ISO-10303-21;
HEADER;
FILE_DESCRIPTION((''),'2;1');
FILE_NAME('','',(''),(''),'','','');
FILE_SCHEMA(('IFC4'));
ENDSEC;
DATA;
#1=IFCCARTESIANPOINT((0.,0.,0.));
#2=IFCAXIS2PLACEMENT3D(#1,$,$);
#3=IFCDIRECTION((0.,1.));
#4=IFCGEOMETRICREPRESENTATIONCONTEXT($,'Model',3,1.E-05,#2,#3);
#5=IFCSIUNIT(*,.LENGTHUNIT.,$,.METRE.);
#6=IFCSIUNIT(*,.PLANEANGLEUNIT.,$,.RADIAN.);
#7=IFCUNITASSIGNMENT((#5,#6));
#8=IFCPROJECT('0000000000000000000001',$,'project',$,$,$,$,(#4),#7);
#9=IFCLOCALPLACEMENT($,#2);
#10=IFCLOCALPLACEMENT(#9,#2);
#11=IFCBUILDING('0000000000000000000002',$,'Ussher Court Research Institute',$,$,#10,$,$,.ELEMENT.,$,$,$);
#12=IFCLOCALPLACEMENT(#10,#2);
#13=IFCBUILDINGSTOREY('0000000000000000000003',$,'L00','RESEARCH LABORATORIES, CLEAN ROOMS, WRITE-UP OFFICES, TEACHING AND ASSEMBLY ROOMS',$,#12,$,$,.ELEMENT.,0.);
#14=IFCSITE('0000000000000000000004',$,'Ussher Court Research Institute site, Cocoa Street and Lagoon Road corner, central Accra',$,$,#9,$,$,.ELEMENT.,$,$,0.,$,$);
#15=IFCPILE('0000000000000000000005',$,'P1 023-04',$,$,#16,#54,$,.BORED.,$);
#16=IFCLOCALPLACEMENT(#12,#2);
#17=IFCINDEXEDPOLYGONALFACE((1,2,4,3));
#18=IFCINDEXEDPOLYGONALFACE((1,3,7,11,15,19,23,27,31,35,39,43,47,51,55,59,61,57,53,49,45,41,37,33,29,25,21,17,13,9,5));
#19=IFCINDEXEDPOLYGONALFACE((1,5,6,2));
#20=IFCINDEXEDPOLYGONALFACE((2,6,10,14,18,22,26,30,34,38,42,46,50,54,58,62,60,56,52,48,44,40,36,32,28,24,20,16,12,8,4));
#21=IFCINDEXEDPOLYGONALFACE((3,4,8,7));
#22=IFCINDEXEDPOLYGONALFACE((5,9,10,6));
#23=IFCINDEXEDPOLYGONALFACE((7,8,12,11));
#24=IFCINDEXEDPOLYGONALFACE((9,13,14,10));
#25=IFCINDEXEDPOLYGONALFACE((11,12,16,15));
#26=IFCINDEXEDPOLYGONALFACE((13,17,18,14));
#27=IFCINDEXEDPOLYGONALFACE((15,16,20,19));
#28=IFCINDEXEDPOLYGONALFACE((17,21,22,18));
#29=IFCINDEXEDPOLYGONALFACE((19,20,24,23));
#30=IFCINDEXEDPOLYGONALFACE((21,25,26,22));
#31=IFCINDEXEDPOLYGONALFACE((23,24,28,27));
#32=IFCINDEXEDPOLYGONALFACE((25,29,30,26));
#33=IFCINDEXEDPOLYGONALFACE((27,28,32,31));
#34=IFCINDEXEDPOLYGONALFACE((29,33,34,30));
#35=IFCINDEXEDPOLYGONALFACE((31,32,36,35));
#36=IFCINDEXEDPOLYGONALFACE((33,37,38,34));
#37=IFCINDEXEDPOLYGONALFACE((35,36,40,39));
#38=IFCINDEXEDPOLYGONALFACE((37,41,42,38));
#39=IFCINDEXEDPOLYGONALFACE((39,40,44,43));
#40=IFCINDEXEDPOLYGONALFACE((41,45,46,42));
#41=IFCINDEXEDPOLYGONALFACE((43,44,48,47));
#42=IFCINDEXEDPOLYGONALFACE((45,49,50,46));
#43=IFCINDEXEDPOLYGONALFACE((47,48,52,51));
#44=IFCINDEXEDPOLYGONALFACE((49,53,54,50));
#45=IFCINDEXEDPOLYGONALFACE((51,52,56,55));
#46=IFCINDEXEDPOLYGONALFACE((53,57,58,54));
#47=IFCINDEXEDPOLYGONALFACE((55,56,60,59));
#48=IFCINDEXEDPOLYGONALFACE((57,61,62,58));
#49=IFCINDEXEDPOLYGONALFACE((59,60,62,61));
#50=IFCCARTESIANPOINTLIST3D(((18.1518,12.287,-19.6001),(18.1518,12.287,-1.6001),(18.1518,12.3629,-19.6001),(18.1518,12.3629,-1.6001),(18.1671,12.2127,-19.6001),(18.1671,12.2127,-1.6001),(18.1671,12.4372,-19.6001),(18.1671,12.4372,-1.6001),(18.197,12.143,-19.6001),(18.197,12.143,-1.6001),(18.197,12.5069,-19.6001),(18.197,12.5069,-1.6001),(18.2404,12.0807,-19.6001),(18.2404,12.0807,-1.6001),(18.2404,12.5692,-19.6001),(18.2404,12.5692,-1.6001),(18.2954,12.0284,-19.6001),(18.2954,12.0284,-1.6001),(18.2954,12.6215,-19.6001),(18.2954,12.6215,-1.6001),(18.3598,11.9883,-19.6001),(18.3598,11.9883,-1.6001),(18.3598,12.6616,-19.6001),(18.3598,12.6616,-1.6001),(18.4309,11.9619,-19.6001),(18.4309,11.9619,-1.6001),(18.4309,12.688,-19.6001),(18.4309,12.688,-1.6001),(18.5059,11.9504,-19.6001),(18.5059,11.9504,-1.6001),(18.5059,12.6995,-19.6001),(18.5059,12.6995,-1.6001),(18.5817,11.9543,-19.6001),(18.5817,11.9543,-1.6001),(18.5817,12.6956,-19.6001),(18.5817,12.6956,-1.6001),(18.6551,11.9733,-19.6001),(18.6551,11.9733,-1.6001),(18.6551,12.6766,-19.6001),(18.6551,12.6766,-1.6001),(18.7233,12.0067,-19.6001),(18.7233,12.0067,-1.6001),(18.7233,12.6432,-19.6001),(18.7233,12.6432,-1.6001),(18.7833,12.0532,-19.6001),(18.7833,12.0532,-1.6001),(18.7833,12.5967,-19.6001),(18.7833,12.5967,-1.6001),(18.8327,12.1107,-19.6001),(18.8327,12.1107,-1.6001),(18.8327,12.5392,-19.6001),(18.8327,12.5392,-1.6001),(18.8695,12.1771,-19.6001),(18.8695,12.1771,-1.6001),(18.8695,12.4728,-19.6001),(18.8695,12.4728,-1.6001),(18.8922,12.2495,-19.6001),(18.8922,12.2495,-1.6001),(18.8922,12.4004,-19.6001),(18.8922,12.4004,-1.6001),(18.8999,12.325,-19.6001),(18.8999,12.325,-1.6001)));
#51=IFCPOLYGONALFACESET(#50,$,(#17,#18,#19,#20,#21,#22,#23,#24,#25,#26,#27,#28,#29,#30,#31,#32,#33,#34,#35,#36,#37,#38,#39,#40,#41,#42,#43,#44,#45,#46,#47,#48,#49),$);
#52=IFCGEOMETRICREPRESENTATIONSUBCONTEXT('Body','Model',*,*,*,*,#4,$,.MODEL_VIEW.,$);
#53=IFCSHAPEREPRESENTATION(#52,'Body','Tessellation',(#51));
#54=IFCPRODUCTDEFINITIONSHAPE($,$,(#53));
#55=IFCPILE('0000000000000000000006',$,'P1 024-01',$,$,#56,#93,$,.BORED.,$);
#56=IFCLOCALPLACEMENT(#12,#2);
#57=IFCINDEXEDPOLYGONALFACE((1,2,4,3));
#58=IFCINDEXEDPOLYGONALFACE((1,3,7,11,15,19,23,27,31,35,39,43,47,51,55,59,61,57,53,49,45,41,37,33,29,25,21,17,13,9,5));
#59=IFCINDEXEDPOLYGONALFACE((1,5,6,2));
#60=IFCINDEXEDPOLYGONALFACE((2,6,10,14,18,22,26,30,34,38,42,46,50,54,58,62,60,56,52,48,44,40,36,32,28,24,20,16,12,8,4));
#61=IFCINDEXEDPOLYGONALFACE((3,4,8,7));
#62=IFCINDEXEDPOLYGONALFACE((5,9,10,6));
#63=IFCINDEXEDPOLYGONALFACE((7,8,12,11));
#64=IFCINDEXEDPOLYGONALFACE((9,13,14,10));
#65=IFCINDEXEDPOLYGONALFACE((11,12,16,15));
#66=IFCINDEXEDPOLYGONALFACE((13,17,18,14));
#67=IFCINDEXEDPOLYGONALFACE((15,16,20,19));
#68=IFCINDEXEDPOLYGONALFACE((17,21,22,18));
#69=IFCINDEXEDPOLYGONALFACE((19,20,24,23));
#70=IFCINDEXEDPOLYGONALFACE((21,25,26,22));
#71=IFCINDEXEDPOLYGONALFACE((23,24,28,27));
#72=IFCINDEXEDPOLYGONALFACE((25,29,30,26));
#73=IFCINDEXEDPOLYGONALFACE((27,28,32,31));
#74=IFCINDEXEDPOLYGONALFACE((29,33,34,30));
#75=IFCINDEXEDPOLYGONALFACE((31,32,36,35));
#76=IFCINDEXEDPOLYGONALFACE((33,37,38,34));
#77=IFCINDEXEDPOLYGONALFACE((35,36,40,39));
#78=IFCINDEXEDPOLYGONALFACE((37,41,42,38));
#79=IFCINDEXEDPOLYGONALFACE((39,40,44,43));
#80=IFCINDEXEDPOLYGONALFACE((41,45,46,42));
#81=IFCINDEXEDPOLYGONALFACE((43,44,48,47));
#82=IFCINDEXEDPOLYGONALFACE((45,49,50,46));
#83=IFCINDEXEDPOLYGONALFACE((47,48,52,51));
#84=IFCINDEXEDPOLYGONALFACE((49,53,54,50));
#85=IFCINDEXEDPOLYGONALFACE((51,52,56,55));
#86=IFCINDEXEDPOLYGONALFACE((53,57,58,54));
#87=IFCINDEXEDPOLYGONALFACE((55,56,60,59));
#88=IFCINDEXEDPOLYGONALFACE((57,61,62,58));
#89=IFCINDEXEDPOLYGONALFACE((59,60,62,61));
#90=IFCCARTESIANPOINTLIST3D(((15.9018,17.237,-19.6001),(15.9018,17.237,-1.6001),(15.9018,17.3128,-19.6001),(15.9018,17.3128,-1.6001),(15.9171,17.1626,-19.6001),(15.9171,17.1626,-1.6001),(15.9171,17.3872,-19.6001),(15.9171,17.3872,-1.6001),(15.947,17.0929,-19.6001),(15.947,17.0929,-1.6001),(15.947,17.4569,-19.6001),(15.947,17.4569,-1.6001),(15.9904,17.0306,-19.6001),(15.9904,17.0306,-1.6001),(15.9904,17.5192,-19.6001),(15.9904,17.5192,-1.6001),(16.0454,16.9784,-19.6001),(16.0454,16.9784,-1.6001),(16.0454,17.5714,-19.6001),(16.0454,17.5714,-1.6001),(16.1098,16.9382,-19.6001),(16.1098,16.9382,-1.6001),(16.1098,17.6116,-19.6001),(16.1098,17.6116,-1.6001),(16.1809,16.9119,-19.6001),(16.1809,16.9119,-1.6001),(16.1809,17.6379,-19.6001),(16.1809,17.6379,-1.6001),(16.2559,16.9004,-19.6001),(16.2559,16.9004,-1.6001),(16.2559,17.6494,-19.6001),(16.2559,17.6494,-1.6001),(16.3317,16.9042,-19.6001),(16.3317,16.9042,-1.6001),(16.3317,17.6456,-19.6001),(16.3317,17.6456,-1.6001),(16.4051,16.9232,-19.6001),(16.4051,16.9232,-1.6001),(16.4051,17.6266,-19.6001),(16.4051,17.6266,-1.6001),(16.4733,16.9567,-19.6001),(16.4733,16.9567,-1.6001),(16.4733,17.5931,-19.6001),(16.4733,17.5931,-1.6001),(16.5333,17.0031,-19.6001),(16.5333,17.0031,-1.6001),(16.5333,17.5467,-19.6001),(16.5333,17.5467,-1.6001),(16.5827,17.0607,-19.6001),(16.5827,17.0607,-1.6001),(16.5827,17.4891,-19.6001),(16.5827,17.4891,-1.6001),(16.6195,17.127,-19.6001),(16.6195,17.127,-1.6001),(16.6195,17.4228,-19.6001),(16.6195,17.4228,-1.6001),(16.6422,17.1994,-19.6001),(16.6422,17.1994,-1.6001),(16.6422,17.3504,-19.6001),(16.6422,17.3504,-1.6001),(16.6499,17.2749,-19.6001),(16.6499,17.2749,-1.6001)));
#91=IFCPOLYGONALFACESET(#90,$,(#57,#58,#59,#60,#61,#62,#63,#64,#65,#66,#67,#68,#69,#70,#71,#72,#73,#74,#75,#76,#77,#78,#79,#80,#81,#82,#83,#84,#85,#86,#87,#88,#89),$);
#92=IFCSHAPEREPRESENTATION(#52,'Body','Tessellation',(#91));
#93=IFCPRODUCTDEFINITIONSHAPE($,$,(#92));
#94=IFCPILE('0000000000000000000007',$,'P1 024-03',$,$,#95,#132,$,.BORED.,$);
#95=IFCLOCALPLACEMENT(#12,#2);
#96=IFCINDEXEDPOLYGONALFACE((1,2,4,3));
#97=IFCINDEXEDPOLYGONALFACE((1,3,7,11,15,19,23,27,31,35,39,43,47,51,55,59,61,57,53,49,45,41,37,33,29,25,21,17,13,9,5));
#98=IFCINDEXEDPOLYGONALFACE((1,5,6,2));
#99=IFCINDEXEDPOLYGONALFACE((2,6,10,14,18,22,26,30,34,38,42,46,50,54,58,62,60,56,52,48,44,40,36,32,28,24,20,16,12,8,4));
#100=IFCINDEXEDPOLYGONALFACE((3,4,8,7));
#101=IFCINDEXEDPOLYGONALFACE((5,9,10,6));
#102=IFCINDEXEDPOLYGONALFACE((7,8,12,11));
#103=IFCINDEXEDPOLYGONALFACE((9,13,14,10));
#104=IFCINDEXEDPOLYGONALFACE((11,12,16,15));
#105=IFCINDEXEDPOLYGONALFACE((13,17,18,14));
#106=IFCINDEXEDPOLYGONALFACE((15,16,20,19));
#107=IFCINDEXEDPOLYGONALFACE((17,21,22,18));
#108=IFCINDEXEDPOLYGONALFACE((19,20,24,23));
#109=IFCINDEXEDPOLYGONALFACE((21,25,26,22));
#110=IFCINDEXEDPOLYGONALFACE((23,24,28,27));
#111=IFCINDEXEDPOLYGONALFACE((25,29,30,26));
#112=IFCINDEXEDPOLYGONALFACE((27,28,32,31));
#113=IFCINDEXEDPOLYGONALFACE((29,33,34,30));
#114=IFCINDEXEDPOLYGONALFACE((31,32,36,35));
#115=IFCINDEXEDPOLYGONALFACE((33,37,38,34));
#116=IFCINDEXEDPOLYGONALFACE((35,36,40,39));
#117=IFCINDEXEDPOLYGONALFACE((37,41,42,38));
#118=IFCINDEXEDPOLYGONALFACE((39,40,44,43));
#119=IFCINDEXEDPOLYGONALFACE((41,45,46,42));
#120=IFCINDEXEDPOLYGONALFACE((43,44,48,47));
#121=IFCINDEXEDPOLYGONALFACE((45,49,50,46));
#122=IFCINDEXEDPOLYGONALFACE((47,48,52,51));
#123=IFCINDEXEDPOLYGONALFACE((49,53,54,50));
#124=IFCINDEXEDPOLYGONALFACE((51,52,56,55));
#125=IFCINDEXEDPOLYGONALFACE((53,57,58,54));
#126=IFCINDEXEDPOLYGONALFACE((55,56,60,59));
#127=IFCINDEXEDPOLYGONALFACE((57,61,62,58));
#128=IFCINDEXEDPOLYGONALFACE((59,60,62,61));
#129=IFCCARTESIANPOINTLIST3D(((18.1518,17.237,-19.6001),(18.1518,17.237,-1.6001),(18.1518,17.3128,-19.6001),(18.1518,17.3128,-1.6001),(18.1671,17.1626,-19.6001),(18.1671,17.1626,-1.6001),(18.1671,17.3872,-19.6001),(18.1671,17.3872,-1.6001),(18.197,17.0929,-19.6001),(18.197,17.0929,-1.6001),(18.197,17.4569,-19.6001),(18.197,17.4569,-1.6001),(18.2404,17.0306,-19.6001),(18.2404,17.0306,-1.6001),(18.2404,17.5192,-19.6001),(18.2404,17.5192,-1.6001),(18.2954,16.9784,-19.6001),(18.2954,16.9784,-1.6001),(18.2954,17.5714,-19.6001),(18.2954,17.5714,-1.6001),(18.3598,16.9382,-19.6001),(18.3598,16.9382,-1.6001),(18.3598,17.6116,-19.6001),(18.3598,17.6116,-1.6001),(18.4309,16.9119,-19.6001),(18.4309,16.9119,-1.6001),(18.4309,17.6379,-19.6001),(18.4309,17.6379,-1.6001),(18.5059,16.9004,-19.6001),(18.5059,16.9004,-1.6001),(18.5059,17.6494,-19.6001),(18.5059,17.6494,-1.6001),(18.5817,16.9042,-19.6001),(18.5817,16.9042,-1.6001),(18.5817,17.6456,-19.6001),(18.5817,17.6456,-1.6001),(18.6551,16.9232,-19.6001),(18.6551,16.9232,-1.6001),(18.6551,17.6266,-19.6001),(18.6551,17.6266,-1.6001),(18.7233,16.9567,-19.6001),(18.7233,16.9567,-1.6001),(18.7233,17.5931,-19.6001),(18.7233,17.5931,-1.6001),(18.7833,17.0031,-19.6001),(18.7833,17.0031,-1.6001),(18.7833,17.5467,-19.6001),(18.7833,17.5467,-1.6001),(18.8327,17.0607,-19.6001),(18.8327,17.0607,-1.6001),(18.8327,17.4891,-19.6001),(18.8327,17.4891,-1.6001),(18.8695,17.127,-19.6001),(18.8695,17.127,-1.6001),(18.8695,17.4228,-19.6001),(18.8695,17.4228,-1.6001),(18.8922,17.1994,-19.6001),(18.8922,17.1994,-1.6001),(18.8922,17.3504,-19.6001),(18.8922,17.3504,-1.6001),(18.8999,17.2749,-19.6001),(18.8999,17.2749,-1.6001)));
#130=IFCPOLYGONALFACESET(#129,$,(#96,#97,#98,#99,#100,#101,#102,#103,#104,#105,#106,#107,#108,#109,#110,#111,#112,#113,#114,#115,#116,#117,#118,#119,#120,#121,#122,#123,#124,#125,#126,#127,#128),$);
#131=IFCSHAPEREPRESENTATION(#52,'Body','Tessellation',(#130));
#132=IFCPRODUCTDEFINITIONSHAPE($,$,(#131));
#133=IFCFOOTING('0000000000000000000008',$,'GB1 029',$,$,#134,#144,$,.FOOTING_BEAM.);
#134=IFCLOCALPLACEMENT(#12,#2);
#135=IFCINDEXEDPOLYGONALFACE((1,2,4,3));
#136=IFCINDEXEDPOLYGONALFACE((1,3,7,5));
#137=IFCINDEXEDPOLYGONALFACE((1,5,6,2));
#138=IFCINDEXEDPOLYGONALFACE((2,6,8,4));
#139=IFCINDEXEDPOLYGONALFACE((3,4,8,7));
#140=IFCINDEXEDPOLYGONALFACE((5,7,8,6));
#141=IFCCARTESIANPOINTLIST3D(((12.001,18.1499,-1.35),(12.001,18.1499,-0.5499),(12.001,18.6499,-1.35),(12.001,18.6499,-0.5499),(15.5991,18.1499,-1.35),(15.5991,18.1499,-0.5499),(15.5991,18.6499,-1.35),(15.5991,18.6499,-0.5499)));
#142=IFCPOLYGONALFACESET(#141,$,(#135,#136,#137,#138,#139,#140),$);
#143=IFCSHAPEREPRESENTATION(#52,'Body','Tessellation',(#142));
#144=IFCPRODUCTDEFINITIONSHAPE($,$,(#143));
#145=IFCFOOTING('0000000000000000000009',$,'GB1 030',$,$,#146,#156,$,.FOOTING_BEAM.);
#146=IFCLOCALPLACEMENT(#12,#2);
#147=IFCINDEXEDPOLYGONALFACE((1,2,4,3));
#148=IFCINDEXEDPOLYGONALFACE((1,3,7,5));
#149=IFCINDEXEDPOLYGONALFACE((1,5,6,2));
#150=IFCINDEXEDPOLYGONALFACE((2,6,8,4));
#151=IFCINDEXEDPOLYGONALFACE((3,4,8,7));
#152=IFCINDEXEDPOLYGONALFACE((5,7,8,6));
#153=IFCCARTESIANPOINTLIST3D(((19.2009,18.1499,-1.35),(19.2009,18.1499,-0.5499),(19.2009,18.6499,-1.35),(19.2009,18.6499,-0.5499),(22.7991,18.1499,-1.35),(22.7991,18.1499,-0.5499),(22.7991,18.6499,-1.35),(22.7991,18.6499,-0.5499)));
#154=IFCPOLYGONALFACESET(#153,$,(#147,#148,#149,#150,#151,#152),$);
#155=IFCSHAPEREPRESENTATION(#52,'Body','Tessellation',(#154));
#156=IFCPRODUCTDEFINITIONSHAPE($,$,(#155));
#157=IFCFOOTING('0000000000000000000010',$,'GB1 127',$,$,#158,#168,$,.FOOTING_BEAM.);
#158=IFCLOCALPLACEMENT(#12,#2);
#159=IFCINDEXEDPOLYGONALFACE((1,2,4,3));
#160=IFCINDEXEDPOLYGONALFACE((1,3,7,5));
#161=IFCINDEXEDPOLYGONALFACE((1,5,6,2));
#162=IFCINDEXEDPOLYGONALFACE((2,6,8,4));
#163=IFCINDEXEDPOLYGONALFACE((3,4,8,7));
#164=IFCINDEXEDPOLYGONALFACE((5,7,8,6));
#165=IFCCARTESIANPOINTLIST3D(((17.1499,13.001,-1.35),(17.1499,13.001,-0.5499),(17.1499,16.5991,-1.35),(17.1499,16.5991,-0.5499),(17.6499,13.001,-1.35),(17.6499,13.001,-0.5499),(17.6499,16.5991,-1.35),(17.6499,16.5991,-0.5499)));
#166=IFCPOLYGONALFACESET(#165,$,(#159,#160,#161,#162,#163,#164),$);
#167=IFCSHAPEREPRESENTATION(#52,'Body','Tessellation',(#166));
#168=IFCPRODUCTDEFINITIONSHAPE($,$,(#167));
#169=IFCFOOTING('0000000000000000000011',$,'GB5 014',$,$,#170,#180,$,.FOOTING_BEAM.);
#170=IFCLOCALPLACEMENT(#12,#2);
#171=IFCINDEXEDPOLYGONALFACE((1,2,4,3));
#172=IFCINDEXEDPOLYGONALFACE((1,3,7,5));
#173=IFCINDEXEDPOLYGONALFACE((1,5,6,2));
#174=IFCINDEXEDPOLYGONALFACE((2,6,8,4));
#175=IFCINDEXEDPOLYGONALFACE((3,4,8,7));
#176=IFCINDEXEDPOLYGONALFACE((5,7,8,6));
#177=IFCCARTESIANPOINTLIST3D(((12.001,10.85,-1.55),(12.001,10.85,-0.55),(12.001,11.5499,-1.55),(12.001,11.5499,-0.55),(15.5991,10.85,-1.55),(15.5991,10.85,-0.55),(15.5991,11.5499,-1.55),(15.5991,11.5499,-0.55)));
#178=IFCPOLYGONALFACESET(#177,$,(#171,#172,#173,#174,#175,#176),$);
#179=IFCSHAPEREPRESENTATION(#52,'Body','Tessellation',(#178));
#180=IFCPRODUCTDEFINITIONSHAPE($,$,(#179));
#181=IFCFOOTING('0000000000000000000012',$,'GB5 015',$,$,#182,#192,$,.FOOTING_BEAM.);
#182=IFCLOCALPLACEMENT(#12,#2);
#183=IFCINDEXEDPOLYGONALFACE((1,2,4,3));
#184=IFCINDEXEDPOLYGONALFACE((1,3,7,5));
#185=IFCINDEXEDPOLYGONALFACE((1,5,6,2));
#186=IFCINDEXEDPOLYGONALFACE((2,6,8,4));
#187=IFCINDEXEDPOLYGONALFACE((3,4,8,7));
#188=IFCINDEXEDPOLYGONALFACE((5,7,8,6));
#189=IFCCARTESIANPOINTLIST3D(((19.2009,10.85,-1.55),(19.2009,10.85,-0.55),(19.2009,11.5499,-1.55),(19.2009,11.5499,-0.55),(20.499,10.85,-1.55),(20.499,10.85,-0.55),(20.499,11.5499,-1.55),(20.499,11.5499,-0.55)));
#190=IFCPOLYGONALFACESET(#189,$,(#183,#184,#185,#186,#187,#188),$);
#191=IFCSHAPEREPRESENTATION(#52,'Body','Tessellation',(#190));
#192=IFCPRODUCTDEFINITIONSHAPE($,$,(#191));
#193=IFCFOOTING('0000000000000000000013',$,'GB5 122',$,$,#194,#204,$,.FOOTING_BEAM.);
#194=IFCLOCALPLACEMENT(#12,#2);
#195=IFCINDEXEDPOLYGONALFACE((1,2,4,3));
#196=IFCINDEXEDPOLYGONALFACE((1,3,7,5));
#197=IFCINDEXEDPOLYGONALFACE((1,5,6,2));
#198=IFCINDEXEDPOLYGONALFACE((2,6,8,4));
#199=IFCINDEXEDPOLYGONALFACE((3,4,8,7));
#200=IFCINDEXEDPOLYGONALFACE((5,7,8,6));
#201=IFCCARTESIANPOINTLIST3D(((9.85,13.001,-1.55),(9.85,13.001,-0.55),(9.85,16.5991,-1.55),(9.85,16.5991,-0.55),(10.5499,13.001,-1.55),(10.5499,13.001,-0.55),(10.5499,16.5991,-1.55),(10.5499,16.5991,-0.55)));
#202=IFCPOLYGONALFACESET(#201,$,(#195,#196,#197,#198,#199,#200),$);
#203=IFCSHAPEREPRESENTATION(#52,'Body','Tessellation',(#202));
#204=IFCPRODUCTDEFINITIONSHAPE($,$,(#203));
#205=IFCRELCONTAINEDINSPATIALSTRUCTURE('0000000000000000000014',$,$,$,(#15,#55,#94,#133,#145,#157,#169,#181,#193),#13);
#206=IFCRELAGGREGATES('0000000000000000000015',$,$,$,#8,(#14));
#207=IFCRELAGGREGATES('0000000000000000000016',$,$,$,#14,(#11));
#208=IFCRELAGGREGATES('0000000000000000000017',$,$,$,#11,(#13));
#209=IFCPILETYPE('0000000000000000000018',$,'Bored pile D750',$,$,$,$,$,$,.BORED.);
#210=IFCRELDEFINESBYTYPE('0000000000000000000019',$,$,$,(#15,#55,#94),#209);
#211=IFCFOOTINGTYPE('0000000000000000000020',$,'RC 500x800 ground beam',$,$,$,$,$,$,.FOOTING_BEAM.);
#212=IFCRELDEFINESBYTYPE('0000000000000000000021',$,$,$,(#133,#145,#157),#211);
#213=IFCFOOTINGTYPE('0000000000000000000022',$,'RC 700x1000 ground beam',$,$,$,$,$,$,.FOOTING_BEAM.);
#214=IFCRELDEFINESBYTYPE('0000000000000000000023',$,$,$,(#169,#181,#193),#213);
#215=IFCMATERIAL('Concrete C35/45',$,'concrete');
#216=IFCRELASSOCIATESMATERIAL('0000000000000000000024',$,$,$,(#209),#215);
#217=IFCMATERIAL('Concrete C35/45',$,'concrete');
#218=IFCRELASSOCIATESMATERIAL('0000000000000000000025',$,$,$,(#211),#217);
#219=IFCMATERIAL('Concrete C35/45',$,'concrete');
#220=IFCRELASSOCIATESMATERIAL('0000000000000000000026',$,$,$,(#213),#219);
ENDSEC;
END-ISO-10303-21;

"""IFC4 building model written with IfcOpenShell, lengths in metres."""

from ifc_helpers import new_model, si_unit, direction, frame, origin, origin_2d, place, context, subcontext, project, spatial, rectangle, circle, extrude, material, material_profile, profile_set, type_object, element, save


model = new_model("IFC4")

# Units and contexts
model_context = context("Model", 3, precision=1e-05, world=origin(), true_north=direction((0.0, 1.0)))
body_context = subcontext(model_context, "Body", "Model", "MODEL_VIEW")
ifc_project = project(units=[si_unit("LENGTHUNIT", "METRE"), si_unit("PLANEANGLEUNIT", "RADIAN")], contexts=[model_context])

# Site, building, storey
site_placement = place(None, origin())
site = spatial("IfcSite", under=ifc_project, at=site_placement, Name="Ussher Court Research Institute site, Cocoa Street and Lagoon Road corner, central Accra", CompositionType="ELEMENT", RefElevation=0.0)
building_placement = place(site_placement, origin())
building = spatial("IfcBuilding", under=site, at=building_placement, Name="Ussher Court Research Institute", CompositionType="ELEMENT")
storey_placement = place(building_placement, origin())
storey = spatial("IfcBuildingStorey", under=building, at=storey_placement, Name="L00", Description="RESEARCH LABORATORIES, CLEAN ROOMS, WRITE-UP OFFICES, TEACHING AND ASSEMBLY ROOMS", CompositionType="ELEMENT", Elevation=0.0)

# Piles
ifc_material_1 = material(Name="Concrete C35/45", Category="concrete")
ifc_material_profile_1 = material_profile(ifc_material_1, circle(Radius=0.375, at=origin_2d()), Name="RC D750")
ifc_profile_set_1 = profile_set([ifc_material_profile_1], Name="Concrete C35/45")
pile_type_1 = type_object("IfcPileType", Name="Bored pile D750", PredefinedType="BORED", material=ifc_profile_set_1)
for number, where, z_axis, x_axis, name in (
    (1, (18.5249, 12.325, -1.6001), (0.0, 0.0, -1.0), (1.0, 0.0, 0.0), "P1 023-04"),
    (2, (16.2749, 17.2749, -1.6001), (0.0, 0.0, -1.0), (1.0, 0.0, 0.0), "P1 024-01"),
    (3, (18.5249, 17.2749, -1.6001), (0.0, 0.0, -1.0), (1.0, 0.0, 0.0), "P1 024-03"),
):
    element("IfcPile", number, at=place(storey_placement, frame(where, z_axis=z_axis, x_axis=x_axis)), inside=storey, type_object=pile_type_1, Name=name, PredefinedType="BORED", context=body_context, shape_type="SweptSolid", body=[
        extrude(circle(Radius=0.375, at=origin_2d()), origin(), (0.0, 0.0, 1.0), 18.0),
    ])

# Footings
ifc_material_2 = material(Name="Concrete C35/45", Category="concrete")
ifc_material_profile_2 = material_profile(ifc_material_2, rectangle(XDim=0.5, YDim=0.8, at=origin_2d()), Name="RC 500x800")
ifc_profile_set_2 = profile_set([ifc_material_profile_2], Name="Concrete C35/45")
footing_type_1 = type_object("IfcFootingType", Name="RC 500x800 ground beam", PredefinedType="FOOTING_BEAM", material=ifc_profile_set_2)
for number, where, z_axis, x_axis, name in (
    (4, (12.001, 18.3999, -0.95), (1.0, 0.0, 0.0), (0.0, 1.0, 0.0), "GB1 029"),
    (5, (19.2009, 18.3999, -0.95), (1.0, 0.0, 0.0), (0.0, 1.0, 0.0), "GB1 030"),
    (6, (17.3999, 13.001, -0.95), (0.0, 1.0, 0.0), (-1.0, 0.0, 0.0), "GB1 127"),
):
    element("IfcFooting", number, at=place(storey_placement, frame(where, z_axis=z_axis, x_axis=x_axis)), inside=storey, type_object=footing_type_1, Name=name, PredefinedType="FOOTING_BEAM", context=body_context, shape_type="SweptSolid", body=[
        extrude(rectangle(XDim=0.5, YDim=0.8, at=origin_2d()), origin(), (0.0, 0.0, 1.0), 3.5981),
    ])
ifc_material_3 = material(Name="Concrete C35/45", Category="concrete")
ifc_material_profile_3 = material_profile(ifc_material_3, rectangle(XDim=0.7, YDim=1.0, at=origin_2d()), Name="RC 700x1000")
ifc_profile_set_3 = profile_set([ifc_material_profile_3], Name="Concrete C35/45")
footing_type_2 = type_object("IfcFootingType", Name="RC 700x1000 ground beam", PredefinedType="FOOTING_BEAM", material=ifc_profile_set_3)
footing_1_placement = place(storey_placement, frame((12.001, 11.2, -1.05), z_axis=(1.0, 0.0, 0.0), x_axis=(0.0, 1.0, 0.0)))
element("IfcFooting", 7, at=footing_1_placement, inside=storey, type_object=footing_type_2, Name="GB5 014", PredefinedType="FOOTING_BEAM", context=body_context, shape_type="SweptSolid", body=[
    extrude(rectangle(XDim=0.7, YDim=1.0, at=origin_2d()), origin(), (0.0, 0.0, 1.0), 3.5981),
])
footing_2_placement = place(storey_placement, frame((19.2009, 11.2, -1.05), z_axis=(1.0, 0.0, 0.0), x_axis=(0.0, 1.0, 0.0)))
element("IfcFooting", 8, at=footing_2_placement, inside=storey, type_object=footing_type_2, Name="GB5 015", PredefinedType="FOOTING_BEAM", context=body_context, shape_type="SweptSolid", body=[
    extrude(rectangle(XDim=0.7, YDim=1.0, at=origin_2d()), origin(), (0.0, 0.0, 1.0), 1.2981),
])
footing_3_placement = place(storey_placement, frame((10.2, 13.001, -1.05), z_axis=(0.0, 1.0, 0.0), x_axis=(-1.0, 0.0, 0.0)))
element("IfcFooting", 9, at=footing_3_placement, inside=storey, type_object=footing_type_2, Name="GB5 122", PredefinedType="FOOTING_BEAM", context=body_context, shape_type="SweptSolid", body=[
    extrude(rectangle(XDim=0.7, YDim=1.0, at=origin_2d()), origin(), (0.0, 0.0, 1.0), 3.5981),
])

save(model, "model.ifc")
